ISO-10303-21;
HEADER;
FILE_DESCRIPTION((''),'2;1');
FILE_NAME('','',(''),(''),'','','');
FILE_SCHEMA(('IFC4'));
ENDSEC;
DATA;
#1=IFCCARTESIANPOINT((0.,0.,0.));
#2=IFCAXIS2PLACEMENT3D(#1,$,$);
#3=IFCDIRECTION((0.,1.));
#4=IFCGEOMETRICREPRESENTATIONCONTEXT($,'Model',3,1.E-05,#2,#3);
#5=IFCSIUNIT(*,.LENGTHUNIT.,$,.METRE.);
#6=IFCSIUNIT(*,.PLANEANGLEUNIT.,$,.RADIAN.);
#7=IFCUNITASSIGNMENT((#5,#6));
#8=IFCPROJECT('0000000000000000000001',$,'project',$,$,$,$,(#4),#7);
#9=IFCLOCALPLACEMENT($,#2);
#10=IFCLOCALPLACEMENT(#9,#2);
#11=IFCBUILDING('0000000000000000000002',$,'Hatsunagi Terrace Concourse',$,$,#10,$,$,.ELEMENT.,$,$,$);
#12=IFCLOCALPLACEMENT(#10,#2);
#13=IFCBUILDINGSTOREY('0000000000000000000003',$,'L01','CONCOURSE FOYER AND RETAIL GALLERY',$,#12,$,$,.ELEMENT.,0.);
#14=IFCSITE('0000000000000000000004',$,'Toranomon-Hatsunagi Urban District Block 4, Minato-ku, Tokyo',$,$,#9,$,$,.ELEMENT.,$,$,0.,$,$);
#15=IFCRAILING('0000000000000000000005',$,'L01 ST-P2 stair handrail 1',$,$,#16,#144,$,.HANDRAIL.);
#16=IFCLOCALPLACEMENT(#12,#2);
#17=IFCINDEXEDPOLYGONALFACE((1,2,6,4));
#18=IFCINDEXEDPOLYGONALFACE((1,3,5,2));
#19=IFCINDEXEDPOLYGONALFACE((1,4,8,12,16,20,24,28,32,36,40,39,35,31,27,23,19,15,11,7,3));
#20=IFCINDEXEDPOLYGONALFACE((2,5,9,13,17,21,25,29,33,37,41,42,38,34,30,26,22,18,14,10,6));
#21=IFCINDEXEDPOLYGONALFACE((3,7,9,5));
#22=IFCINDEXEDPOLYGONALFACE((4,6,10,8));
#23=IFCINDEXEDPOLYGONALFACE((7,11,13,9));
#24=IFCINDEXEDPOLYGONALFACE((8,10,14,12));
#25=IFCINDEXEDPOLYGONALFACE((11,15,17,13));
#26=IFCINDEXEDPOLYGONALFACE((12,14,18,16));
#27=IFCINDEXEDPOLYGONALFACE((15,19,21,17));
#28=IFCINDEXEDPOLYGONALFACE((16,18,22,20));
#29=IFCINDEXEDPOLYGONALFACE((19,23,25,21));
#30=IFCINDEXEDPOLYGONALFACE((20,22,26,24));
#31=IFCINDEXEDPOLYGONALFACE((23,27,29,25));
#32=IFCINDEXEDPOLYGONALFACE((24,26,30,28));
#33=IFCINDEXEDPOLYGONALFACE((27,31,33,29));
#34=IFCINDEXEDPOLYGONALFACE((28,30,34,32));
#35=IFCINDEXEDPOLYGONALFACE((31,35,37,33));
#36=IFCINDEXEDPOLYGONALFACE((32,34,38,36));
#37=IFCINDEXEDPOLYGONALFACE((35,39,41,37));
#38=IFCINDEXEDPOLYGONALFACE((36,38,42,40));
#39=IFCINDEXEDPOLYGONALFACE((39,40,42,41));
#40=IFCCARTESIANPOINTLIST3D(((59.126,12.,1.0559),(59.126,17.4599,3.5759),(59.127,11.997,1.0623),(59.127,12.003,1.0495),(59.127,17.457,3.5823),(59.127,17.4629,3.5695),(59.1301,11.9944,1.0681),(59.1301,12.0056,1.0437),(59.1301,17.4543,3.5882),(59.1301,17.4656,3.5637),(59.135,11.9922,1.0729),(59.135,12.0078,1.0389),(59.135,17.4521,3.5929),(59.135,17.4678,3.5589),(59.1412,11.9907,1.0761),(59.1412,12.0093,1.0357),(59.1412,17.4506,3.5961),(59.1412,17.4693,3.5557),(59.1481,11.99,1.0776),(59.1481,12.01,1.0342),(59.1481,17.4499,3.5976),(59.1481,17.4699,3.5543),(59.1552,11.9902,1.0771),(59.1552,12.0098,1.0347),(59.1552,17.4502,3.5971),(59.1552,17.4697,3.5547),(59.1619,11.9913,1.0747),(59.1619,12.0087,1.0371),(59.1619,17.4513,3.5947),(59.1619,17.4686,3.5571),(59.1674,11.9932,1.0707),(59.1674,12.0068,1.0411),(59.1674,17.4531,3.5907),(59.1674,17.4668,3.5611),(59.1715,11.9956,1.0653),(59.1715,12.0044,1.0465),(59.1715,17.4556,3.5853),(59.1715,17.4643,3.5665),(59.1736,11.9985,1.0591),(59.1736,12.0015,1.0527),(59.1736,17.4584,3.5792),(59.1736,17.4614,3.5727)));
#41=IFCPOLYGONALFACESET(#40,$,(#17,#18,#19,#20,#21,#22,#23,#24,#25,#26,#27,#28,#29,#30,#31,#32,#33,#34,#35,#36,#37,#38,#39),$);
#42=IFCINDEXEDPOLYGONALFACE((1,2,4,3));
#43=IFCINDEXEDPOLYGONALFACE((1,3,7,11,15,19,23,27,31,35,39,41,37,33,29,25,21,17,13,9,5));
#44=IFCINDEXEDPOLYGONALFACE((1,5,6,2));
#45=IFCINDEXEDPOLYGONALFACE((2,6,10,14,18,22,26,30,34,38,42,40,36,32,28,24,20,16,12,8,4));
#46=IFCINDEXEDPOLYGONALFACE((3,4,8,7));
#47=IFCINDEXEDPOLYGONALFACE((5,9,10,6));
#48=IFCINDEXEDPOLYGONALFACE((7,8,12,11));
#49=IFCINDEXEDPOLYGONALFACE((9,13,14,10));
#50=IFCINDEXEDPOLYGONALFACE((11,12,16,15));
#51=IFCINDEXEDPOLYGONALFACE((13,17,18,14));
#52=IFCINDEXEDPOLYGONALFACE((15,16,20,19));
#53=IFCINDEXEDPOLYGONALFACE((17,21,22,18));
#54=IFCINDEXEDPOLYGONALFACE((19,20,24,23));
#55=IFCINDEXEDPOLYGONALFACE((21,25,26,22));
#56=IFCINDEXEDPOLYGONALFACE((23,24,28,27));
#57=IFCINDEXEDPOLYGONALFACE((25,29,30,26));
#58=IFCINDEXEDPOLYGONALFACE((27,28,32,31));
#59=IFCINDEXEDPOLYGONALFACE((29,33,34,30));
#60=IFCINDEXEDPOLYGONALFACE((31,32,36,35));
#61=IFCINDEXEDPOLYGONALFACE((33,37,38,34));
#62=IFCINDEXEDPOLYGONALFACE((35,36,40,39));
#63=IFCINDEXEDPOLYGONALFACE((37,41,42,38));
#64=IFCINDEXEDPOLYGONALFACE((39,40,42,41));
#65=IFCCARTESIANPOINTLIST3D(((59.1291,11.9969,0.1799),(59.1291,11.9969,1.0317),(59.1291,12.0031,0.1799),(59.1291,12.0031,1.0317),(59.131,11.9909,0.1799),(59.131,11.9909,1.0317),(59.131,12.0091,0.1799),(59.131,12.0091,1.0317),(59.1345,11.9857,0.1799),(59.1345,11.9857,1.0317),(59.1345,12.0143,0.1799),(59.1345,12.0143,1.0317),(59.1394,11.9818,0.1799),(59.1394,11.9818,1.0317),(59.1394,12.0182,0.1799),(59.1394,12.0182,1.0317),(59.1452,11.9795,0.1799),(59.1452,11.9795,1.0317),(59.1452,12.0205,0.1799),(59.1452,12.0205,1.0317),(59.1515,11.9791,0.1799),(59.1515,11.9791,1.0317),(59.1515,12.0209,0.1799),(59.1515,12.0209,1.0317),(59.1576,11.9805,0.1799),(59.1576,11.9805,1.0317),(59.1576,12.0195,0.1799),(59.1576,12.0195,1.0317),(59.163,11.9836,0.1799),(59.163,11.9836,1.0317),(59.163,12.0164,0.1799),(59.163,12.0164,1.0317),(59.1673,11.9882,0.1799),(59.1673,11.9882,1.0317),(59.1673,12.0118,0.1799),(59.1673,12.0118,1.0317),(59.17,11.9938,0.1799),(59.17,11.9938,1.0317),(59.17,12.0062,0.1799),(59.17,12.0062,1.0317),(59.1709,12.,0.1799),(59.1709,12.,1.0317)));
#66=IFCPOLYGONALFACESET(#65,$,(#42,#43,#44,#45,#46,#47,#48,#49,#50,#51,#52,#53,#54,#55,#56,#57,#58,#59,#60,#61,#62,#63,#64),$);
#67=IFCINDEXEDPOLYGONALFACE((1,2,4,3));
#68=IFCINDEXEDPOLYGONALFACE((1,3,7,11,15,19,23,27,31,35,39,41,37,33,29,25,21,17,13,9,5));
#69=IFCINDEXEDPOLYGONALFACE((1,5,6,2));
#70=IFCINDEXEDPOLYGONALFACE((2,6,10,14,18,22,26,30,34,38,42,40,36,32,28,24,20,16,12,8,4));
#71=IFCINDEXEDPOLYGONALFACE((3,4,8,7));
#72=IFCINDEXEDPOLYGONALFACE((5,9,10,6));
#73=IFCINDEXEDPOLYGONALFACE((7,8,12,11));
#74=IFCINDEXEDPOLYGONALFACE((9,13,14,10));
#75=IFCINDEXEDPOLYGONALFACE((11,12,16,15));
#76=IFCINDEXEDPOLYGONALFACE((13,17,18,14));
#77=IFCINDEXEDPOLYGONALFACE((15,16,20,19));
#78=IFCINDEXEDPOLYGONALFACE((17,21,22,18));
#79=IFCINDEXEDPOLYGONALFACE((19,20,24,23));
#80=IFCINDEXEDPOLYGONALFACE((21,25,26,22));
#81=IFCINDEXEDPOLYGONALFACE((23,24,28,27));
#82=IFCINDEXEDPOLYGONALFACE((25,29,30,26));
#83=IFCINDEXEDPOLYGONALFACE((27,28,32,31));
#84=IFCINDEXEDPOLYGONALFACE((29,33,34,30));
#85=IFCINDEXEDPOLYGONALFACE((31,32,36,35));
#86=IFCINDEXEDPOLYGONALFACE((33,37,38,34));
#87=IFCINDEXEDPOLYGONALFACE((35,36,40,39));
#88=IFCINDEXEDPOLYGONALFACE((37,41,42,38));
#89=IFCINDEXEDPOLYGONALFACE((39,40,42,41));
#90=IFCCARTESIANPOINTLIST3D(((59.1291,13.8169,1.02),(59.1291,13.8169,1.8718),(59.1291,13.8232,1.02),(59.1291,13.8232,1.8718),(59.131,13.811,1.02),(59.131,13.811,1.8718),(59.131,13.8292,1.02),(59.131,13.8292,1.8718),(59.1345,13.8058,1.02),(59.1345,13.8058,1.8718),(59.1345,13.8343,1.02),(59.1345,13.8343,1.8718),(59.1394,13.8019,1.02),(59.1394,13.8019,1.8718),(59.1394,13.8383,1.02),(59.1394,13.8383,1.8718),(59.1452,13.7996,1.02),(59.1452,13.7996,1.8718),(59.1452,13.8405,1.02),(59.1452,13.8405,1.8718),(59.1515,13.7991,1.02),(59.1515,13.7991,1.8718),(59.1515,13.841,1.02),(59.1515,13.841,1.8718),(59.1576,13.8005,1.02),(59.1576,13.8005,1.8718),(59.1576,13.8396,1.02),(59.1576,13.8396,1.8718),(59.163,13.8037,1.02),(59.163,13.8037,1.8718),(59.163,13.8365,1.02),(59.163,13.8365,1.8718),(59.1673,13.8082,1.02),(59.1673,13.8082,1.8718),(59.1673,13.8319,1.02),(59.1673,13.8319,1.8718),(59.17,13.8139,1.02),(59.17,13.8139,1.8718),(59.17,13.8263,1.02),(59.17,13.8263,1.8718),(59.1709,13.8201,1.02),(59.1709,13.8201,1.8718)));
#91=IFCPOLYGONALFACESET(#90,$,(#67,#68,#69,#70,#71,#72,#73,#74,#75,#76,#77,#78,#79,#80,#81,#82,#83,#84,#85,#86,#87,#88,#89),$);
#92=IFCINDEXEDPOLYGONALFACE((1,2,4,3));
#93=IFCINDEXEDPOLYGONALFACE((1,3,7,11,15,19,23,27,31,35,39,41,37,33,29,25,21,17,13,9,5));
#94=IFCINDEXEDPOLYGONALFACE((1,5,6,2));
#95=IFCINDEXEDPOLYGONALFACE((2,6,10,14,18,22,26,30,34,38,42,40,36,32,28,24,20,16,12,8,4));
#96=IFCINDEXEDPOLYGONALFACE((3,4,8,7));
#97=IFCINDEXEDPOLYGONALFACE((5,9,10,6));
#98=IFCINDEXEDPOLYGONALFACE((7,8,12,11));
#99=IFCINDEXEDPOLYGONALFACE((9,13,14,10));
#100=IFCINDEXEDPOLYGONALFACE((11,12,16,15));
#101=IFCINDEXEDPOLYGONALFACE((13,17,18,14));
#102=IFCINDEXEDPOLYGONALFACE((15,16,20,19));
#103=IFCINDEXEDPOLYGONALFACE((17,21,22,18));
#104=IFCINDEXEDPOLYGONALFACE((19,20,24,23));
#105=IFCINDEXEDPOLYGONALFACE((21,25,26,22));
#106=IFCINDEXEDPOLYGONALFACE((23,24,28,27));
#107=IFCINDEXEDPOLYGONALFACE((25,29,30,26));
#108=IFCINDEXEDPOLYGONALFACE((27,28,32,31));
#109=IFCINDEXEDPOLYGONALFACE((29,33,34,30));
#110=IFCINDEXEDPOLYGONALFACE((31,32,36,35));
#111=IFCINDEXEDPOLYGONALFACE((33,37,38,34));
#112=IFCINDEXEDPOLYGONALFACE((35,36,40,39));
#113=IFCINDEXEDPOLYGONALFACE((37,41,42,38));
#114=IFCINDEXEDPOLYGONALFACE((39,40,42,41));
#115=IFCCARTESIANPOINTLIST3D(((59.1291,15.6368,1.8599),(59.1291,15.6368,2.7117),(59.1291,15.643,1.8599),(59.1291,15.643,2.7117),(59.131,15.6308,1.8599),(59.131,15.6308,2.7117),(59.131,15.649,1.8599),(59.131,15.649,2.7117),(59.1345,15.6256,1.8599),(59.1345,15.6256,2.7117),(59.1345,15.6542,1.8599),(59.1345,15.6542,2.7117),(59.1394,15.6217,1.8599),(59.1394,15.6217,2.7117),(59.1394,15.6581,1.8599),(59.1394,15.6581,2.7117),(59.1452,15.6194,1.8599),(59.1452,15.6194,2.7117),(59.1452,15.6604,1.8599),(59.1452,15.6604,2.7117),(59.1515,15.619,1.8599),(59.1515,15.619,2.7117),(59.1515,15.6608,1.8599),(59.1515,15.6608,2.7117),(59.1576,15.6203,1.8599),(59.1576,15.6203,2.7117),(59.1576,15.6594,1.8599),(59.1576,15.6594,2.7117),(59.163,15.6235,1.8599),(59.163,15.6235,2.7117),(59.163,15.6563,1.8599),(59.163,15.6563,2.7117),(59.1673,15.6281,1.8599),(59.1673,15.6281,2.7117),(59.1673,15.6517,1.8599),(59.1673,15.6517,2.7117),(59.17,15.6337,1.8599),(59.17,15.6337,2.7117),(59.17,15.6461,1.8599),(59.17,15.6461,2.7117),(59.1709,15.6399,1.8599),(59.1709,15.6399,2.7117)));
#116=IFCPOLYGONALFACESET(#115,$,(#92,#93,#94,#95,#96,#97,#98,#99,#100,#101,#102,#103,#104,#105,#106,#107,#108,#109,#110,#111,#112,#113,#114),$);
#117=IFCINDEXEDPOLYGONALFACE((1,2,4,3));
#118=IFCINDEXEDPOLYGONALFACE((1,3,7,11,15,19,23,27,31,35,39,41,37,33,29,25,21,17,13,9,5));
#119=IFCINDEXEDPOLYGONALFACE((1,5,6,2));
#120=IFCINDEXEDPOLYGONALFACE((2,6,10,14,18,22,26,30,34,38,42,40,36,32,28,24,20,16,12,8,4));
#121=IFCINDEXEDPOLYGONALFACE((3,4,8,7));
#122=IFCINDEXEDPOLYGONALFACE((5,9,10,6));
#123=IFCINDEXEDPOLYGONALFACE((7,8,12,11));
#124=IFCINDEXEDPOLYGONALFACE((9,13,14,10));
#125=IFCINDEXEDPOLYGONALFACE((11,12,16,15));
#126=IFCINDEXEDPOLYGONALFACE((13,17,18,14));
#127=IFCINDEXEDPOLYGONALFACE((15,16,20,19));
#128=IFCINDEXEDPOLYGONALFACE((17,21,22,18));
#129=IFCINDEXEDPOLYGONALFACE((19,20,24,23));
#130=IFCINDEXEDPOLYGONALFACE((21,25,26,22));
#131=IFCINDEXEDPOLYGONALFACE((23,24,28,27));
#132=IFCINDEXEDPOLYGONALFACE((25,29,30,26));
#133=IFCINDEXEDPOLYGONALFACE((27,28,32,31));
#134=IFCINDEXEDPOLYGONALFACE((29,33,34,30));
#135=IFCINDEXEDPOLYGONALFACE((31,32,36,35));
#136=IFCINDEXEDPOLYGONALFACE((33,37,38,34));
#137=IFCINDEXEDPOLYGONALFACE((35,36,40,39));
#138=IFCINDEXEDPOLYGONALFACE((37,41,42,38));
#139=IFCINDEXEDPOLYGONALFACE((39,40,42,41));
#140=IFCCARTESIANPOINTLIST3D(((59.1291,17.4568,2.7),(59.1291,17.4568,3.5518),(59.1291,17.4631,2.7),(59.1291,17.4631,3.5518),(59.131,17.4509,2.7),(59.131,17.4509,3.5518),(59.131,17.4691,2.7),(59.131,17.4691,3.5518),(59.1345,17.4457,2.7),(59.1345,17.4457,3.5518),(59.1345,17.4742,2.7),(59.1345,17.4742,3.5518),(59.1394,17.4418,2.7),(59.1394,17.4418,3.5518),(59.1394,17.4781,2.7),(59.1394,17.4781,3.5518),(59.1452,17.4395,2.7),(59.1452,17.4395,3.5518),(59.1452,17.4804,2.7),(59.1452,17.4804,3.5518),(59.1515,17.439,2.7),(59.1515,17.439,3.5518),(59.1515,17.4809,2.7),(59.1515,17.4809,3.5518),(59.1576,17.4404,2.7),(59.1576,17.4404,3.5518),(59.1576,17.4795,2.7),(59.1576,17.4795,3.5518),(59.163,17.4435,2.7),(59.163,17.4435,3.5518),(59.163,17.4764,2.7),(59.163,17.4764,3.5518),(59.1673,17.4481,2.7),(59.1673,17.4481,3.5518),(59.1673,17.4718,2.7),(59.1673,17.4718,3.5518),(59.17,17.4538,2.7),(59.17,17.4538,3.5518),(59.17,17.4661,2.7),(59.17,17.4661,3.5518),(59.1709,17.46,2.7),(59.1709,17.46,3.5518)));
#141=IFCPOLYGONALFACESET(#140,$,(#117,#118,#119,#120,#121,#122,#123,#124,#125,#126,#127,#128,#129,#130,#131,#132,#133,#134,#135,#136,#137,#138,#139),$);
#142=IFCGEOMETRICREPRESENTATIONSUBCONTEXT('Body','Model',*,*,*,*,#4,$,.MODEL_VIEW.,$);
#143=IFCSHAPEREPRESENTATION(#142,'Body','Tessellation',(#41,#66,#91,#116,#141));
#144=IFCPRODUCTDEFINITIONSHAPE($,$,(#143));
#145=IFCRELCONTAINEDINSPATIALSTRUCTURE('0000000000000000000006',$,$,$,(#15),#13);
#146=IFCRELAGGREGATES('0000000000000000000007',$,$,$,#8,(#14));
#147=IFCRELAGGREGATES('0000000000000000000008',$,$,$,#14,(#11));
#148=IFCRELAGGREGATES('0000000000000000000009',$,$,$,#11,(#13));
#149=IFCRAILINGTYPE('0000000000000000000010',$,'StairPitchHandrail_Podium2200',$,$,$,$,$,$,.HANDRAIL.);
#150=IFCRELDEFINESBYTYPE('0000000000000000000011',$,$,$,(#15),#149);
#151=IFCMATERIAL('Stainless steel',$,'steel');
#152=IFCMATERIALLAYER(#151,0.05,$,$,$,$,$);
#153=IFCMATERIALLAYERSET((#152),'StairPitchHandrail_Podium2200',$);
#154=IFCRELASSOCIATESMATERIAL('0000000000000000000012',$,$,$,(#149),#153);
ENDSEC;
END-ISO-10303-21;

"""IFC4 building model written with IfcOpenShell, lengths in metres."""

from ifc_helpers import new_model, si_unit, direction, frame, origin, origin_2d, place, context, subcontext, project, spatial, circle, extrude, material, layer, layer_set, type_object, element, save


model = new_model("IFC4")

# Units and contexts
model_context = context("Model", 3, precision=1e-05, world=origin(), true_north=direction((0.0, 1.0)))
body_context = subcontext(model_context, "Body", "Model", "MODEL_VIEW")
ifc_project = project(units=[si_unit("LENGTHUNIT", "METRE"), si_unit("PLANEANGLEUNIT", "RADIAN")], contexts=[model_context])

# Site, building, storey
site_placement = place(None, origin())
site = spatial("IfcSite", under=ifc_project, at=site_placement, Name="Toranomon-Hatsunagi Urban District Block 4, Minato-ku, Tokyo", CompositionType="ELEMENT", RefElevation=0.0)
building_placement = place(site_placement, origin())
building = spatial("IfcBuilding", under=site, at=building_placement, Name="Hatsunagi Terrace Concourse", CompositionType="ELEMENT")
storey_placement = place(building_placement, origin())
storey = spatial("IfcBuildingStorey", under=building, at=storey_placement, Name="L01", Description="CONCOURSE FOYER AND RETAIL GALLERY", CompositionType="ELEMENT", Elevation=0.0)

# Railing
ifc_material_1 = material(Name="Stainless steel", Category="steel")
ifc_layer_1 = layer(ifc_material_1, 0.05)
ifc_layer_set_1 = layer_set([ifc_layer_1], Name="StairPitchHandrail_Podium2200")
railing_type_1 = type_object("IfcRailingType", Name="StairPitchHandrail_Podium2200", PredefinedType="HANDRAIL", material=ifc_layer_set_1)
railing_1_placement = place(storey_placement, frame((59.1499, 12.0, 0.1799)))
element("IfcRailing", 1, at=railing_1_placement, inside=storey, type_object=railing_type_1, Name="L01 ST-P2 stair handrail 1", PredefinedType="HANDRAIL", context=body_context, shape_type="SweptSolid", body=[
    extrude(circle(Radius=0.0239, at=origin_2d()), frame((0.0, 0.0, 0.876), z_axis=(0.0, 0.907957, 0.419063), x_axis=(-1.0, 0.0, 0.0)), (0.0, 0.0, 1.0), 6.0134),
    extrude(circle(Radius=0.021, at=origin_2d()), origin(), (0.0, 0.0, 1.0), 0.8518),
    extrude(circle(Radius=0.021, at=origin_2d()), frame((0.0, 1.8201, 0.8401)), (0.0, 0.0, 1.0), 0.8518),
    extrude(circle(Radius=0.021, at=origin_2d()), frame((0.0, 3.6399, 1.6799)), (0.0, 0.0, 1.0), 0.8518),
    extrude(circle(Radius=0.021, at=origin_2d()), frame((0.0, 5.46, 2.52)), (0.0, 0.0, 1.0), 0.8518),
])

save(model, "model.ifc")
